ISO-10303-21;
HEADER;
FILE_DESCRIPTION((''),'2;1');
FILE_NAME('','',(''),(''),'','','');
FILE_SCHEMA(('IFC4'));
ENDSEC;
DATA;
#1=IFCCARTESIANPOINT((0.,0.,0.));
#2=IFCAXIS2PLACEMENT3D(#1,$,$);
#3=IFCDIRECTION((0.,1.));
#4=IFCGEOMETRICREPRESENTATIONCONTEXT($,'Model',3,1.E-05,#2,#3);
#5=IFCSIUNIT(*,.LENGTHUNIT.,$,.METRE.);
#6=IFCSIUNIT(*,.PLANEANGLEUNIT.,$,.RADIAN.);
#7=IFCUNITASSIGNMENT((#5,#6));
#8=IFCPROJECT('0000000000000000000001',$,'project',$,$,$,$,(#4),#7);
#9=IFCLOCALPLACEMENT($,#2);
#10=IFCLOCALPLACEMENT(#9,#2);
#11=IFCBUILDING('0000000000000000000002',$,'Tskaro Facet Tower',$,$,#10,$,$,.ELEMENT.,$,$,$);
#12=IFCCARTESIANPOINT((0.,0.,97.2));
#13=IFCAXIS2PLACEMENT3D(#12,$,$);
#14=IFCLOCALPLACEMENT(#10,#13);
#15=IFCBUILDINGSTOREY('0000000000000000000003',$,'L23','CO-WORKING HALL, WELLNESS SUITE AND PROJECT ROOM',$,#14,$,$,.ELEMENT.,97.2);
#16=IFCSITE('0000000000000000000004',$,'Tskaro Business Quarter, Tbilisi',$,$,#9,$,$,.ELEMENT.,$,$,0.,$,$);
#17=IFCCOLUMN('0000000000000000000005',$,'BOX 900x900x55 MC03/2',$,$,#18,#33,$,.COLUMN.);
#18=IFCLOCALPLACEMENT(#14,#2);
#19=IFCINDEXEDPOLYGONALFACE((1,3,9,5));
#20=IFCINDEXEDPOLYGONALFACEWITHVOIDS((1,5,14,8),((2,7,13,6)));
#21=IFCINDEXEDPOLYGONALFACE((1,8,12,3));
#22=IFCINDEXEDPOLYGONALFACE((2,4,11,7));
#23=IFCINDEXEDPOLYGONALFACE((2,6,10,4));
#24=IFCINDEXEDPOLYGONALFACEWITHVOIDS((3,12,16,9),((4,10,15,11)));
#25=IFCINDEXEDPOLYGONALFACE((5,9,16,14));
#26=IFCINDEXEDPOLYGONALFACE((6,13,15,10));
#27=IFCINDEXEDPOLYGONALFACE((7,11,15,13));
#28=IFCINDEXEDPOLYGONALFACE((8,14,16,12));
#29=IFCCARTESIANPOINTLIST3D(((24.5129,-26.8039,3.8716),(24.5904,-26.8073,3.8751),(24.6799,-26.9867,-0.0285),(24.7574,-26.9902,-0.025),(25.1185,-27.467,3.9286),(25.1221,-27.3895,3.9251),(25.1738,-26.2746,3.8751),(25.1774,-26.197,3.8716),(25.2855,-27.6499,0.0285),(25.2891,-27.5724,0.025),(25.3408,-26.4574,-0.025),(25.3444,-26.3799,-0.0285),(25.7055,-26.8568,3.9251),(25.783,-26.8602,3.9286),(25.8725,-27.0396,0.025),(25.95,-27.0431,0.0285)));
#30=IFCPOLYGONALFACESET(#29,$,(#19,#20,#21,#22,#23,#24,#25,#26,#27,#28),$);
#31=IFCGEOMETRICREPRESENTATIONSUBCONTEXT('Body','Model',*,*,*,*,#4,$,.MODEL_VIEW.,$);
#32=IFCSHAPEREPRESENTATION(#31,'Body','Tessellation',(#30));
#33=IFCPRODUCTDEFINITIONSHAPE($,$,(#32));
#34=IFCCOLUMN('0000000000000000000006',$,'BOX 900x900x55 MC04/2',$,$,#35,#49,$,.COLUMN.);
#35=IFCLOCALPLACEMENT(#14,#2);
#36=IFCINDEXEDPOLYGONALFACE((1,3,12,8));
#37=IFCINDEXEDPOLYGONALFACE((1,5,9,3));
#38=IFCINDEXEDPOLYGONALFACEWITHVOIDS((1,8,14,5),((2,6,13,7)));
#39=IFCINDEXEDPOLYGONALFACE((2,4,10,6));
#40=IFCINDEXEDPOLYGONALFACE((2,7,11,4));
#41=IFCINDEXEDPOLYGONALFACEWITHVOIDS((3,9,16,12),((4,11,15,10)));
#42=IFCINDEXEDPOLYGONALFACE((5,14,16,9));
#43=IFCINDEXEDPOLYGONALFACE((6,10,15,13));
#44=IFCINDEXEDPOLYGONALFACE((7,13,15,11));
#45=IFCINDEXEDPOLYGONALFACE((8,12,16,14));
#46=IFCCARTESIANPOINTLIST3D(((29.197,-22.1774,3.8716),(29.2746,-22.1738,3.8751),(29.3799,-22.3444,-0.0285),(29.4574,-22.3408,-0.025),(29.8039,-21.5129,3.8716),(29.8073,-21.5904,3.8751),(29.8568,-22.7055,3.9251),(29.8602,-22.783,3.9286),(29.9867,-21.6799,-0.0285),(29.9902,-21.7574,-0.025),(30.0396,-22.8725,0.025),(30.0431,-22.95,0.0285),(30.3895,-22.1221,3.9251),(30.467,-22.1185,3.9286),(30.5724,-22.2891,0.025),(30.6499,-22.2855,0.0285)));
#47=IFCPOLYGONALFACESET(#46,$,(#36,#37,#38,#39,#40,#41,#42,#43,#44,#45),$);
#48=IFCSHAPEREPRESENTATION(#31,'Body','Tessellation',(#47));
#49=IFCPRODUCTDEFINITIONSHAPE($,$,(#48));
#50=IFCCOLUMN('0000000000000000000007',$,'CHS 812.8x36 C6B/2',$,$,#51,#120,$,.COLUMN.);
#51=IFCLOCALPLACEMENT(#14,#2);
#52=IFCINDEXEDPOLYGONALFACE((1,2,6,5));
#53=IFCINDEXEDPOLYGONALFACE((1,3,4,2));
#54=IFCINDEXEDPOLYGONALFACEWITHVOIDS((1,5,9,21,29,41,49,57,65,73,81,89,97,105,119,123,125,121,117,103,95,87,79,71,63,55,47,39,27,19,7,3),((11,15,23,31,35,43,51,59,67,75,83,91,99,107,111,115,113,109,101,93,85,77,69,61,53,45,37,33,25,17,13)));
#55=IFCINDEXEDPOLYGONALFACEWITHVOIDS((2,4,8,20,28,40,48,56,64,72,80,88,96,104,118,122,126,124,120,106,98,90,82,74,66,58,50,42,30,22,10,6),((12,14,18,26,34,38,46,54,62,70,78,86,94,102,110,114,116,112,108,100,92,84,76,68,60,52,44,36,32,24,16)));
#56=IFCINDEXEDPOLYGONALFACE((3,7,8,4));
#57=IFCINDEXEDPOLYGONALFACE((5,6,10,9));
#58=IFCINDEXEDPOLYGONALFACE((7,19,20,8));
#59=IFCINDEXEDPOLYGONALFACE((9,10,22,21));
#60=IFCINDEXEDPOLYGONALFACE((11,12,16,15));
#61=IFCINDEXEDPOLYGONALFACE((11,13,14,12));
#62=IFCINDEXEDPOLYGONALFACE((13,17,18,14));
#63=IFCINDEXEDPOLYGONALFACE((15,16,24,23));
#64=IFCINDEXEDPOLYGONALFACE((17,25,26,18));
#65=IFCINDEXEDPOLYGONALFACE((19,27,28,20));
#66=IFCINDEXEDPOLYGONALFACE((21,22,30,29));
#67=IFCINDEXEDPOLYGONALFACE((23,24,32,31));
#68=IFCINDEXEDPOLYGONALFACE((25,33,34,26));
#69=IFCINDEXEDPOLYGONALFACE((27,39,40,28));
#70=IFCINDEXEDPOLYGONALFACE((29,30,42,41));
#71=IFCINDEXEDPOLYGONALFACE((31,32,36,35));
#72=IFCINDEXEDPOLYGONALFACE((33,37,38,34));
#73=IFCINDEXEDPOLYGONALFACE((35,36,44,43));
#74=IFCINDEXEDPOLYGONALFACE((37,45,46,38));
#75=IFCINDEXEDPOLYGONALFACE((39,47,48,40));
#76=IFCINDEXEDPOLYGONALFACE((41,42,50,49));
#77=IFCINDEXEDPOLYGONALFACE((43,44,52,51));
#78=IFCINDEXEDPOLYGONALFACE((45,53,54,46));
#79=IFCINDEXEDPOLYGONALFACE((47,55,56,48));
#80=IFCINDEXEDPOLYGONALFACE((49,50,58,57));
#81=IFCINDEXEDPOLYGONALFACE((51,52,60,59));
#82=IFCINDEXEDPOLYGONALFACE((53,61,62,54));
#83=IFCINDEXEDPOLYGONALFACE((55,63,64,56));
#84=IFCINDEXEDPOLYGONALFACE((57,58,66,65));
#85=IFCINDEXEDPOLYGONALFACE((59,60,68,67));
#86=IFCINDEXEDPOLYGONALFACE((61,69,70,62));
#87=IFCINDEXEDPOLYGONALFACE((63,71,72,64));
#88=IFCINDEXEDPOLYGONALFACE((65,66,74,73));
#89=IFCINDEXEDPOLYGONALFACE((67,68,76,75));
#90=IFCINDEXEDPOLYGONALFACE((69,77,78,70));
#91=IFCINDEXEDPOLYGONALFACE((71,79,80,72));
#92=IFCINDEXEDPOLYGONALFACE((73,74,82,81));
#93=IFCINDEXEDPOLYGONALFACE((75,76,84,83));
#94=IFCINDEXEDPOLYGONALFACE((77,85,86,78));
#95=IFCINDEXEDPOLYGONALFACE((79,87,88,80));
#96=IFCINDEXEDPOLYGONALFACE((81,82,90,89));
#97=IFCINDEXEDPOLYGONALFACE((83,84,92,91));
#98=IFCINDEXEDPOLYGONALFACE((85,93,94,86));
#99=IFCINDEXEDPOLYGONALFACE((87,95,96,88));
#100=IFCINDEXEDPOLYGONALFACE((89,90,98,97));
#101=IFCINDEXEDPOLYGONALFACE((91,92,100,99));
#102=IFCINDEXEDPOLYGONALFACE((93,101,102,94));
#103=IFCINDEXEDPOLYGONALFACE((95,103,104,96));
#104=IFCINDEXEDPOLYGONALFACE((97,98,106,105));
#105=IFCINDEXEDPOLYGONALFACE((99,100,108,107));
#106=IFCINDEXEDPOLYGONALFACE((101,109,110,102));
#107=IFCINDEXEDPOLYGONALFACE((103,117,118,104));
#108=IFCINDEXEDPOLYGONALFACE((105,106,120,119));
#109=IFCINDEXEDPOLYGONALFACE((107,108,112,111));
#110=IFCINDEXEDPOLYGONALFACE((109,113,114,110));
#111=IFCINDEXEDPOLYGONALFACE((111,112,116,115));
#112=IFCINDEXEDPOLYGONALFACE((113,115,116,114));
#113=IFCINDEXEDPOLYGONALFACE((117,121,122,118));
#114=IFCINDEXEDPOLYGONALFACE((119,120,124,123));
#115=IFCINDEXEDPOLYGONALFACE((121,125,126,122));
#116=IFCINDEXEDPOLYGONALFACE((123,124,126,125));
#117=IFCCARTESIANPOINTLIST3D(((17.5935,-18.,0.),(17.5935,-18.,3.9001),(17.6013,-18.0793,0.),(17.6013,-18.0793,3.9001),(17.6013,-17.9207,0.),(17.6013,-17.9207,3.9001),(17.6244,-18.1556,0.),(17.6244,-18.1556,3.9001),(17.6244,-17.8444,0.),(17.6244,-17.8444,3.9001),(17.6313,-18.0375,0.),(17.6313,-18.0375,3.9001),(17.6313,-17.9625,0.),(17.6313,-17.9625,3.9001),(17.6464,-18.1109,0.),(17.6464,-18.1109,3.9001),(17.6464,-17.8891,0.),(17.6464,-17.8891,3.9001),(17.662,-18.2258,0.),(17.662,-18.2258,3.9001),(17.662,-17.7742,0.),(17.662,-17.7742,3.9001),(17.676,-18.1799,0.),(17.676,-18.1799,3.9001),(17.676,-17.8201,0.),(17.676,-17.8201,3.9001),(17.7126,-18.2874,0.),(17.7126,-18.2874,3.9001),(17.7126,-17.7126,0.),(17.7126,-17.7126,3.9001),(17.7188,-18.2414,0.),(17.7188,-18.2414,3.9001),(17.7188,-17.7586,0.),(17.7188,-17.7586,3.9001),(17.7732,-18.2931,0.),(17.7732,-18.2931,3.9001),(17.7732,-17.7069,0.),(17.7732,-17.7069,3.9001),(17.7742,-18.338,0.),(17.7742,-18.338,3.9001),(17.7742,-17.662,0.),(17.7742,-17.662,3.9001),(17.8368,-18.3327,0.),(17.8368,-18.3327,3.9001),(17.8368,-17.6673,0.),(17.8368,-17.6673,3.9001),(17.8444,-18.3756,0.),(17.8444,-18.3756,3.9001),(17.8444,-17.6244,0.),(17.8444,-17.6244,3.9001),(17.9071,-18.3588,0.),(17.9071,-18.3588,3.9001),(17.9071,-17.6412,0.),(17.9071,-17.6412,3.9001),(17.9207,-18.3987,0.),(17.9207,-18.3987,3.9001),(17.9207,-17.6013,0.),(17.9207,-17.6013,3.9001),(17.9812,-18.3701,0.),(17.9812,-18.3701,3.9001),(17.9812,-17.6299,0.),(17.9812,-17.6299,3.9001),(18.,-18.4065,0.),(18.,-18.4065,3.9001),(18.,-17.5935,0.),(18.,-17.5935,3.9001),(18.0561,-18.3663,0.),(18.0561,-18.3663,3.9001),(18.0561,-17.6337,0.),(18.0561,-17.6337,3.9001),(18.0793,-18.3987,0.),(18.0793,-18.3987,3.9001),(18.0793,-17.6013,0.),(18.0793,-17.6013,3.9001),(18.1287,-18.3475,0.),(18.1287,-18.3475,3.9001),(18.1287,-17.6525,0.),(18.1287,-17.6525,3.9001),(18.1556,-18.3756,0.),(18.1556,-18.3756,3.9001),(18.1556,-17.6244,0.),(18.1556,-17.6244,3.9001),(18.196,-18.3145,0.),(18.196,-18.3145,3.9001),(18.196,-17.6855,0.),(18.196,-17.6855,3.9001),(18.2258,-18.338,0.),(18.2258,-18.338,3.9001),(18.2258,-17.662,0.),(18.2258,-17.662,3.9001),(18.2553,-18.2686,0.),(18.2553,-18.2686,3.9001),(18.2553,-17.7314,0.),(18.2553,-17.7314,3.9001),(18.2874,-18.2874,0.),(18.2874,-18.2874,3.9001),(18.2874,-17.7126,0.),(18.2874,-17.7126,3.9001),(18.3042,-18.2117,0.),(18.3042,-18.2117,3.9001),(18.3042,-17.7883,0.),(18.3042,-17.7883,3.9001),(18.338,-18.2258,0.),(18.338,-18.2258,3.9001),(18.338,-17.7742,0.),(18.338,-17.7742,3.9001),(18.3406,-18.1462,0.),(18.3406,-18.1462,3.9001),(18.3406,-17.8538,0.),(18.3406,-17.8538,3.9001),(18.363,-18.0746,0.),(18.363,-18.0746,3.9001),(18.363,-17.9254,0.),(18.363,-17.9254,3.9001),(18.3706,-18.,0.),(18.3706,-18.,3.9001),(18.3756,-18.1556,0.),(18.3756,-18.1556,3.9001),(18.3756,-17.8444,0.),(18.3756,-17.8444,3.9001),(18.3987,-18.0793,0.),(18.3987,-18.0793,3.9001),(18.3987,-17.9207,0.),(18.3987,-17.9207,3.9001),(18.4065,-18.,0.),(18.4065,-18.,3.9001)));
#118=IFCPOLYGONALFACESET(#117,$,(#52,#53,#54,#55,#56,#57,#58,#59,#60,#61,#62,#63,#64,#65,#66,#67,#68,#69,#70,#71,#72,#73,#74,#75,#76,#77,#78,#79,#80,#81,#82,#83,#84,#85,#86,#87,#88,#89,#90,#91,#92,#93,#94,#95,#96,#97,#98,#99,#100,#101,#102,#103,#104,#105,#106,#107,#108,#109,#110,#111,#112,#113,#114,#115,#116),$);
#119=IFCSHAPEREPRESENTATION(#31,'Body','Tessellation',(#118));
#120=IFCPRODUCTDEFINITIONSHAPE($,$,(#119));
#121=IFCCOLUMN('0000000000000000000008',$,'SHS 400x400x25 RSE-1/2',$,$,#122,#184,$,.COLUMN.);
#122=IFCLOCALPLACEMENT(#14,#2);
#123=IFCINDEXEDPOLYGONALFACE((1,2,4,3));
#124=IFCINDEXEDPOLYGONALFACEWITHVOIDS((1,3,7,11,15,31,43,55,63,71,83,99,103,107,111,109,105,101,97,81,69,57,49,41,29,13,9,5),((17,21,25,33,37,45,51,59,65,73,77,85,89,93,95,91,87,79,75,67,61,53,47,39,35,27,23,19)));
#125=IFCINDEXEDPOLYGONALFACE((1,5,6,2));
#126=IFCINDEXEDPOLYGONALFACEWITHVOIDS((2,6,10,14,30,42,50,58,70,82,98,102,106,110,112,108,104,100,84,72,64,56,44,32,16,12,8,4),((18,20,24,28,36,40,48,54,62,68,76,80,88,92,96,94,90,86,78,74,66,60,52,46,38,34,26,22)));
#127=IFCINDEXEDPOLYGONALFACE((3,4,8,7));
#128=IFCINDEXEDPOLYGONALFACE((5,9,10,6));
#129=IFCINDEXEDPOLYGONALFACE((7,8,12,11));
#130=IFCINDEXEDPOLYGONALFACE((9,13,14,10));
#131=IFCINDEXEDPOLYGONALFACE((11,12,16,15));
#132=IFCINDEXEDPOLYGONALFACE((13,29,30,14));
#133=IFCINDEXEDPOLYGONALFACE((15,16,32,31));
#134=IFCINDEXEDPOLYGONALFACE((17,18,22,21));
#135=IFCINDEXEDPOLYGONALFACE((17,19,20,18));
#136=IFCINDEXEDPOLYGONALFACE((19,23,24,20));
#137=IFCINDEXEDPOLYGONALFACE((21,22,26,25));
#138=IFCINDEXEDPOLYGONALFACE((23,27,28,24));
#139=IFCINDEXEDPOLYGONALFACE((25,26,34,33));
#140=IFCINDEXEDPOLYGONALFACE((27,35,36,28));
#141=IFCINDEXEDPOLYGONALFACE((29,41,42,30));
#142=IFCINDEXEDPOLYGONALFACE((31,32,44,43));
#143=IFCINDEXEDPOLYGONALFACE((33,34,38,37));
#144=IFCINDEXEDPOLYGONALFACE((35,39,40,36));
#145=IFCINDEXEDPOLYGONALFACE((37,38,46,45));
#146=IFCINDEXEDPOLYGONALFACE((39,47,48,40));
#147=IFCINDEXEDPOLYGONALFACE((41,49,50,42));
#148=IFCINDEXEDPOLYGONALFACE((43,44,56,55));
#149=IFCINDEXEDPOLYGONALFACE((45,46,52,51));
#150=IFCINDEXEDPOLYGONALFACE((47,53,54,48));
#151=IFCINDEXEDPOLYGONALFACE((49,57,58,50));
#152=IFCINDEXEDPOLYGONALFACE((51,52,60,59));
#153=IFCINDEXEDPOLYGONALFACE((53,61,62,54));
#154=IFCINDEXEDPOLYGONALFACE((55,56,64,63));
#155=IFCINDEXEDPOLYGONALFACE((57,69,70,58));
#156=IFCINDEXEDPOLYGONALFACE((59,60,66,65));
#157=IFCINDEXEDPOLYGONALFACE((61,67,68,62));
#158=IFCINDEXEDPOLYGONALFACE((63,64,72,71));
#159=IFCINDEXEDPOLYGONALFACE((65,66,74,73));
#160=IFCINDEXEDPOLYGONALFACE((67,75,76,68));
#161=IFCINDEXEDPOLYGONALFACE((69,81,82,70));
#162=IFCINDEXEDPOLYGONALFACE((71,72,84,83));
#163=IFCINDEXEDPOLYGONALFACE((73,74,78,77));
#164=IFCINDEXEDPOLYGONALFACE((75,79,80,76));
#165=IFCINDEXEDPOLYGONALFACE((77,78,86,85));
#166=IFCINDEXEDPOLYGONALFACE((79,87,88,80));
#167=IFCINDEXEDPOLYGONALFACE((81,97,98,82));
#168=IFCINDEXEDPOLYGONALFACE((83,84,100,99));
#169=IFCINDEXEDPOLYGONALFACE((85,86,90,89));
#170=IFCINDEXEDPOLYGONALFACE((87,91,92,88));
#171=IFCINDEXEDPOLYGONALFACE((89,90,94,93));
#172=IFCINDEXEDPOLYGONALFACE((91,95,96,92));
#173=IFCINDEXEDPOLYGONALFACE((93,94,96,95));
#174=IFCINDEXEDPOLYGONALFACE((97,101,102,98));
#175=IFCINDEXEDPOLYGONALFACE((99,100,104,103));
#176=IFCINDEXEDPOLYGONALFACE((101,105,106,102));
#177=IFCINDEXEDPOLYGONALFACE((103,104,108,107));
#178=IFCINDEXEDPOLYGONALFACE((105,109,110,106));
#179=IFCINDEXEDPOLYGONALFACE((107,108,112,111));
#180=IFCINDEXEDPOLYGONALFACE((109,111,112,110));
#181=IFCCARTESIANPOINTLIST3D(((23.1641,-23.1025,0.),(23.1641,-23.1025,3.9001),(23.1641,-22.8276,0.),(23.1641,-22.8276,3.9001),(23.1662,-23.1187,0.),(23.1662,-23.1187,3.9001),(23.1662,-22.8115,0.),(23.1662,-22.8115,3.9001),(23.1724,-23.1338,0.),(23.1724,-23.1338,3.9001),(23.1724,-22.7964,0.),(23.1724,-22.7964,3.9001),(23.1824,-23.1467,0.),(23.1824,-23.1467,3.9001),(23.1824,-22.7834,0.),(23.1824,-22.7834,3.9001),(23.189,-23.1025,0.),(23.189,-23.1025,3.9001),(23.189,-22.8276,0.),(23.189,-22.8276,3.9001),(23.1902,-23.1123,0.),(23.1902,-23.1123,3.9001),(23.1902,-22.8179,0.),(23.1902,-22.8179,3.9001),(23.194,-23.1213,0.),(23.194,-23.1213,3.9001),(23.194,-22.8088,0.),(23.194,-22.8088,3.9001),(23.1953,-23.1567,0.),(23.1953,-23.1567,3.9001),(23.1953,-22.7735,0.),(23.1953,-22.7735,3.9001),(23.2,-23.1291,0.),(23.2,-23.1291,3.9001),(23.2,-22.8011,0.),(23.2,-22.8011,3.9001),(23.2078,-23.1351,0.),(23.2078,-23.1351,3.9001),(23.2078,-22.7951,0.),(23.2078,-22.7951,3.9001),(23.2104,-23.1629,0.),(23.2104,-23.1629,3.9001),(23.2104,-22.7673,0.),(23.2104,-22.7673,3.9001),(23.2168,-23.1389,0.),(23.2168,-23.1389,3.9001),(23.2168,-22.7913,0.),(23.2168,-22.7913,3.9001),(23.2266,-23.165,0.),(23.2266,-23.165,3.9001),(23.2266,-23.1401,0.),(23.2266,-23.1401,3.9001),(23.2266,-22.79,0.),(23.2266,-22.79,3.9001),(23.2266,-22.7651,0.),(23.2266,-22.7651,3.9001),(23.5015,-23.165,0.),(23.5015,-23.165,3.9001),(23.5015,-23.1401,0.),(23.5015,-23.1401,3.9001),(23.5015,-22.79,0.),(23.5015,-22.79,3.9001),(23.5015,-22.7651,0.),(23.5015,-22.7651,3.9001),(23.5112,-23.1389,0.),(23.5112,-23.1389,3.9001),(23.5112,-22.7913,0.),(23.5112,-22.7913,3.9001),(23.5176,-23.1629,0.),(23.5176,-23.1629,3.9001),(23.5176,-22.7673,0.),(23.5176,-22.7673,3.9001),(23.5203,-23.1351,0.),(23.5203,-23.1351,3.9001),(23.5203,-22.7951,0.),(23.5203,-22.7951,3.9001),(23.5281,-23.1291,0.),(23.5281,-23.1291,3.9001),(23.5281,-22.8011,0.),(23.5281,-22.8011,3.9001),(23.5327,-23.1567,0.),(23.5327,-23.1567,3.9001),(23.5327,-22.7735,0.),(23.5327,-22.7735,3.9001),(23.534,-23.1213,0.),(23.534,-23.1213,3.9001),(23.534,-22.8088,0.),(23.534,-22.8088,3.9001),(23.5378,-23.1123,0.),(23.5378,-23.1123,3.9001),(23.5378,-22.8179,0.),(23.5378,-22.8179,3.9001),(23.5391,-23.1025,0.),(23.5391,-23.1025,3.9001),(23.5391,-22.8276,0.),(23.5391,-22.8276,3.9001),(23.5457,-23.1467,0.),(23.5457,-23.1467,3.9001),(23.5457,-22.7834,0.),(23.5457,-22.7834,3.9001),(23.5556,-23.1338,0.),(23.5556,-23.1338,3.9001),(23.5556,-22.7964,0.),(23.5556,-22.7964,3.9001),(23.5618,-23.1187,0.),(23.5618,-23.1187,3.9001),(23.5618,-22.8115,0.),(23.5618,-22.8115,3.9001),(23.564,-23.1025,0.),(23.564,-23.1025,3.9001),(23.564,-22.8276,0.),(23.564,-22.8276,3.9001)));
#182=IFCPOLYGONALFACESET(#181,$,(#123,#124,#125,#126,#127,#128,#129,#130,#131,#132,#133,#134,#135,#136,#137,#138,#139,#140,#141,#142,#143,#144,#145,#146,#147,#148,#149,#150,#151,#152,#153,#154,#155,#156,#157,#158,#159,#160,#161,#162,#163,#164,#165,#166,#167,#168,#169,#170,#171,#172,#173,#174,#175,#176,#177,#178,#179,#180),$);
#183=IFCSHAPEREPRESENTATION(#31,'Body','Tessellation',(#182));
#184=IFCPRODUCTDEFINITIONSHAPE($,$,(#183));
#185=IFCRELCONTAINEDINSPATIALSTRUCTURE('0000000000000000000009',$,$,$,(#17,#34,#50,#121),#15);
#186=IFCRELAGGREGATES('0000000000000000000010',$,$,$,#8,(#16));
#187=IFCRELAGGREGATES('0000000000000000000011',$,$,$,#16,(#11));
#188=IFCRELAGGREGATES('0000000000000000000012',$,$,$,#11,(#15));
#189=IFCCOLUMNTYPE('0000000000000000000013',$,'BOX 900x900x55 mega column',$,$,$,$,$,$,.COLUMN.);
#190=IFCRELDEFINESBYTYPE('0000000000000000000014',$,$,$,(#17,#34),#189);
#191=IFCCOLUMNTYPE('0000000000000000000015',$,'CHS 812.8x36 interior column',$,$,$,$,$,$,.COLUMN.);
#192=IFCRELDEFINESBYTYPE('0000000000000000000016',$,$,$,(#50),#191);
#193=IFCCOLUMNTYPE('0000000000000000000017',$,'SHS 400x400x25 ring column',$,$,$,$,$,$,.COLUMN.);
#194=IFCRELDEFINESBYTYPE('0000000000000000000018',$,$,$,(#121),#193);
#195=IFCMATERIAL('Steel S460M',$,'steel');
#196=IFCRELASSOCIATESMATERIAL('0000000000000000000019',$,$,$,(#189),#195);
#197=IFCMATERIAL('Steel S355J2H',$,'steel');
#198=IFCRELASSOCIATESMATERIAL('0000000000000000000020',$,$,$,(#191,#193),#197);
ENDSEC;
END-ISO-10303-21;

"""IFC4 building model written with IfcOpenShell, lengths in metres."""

from ifc_helpers import new_model, si_unit, direction, frame, origin, origin_2d, place, context, subcontext, project, spatial, hollow_rectangle, hollow_circle, extrude, material, material_profile, profile_set, type_object, element, save


model = new_model("IFC4")

# Units and contexts
model_context = context("Model", 3, precision=1e-05, world=origin(), true_north=direction((0.0, 1.0)))
body_context = subcontext(model_context, "Body", "Model", "MODEL_VIEW")
ifc_project = project(units=[si_unit("LENGTHUNIT", "METRE"), si_unit("PLANEANGLEUNIT", "RADIAN")], contexts=[model_context])

# Site, building, storey
site_placement = place(None, origin())
site = spatial("IfcSite", under=ifc_project, at=site_placement, Name="Tskaro Business Quarter, Tbilisi", CompositionType="ELEMENT", RefElevation=0.0)
building_placement = place(site_placement, origin())
building = spatial("IfcBuilding", under=site, at=building_placement, Name="Tskaro Facet Tower", CompositionType="ELEMENT")
storey_placement = place(building_placement, frame((0.0, 0.0, 97.2)))
storey = spatial("IfcBuildingStorey", under=building, at=storey_placement, Name="L23", Description="CO-WORKING HALL, WELLNESS SUITE AND PROJECT ROOM", CompositionType="ELEMENT", Elevation=97.2)

# Columns
ifc_material_1 = material(Name="Steel S460M", Category="steel")
ifc_material_profile_1 = material_profile(ifc_material_1, hollow_rectangle(XDim=0.8999, YDim=0.8999, WallThickness=0.0549, at=origin_2d()), Name="BOX 900x900x55")
ifc_profile_set_1 = profile_set([ifc_material_profile_1], Name="Steel S460M")
column_type_1 = type_object("IfcColumnType", Name="BOX 900x900x55 mega column", PredefinedType="COLUMN", material=ifc_profile_set_1)
for number, where, z_axis, x_axis, name in (
    (1, (25.3149, -27.0149, 0.0), (-0.042731, 0.046792, 0.99799), (-0.738421, -0.674339, 0.0), "BOX 900x900x55 MC03/2"),
    (2, (30.0149, -22.3149, 0.0), (-0.046792, 0.042731, 0.99799), (-0.674339, -0.738421, 0.0), "BOX 900x900x55 MC04/2"),
):
    element("IfcColumn", number, at=place(storey_placement, frame(where, z_axis=z_axis, x_axis=x_axis)), inside=storey, type_object=column_type_1, Name=name, PredefinedType="COLUMN", context=body_context, shape_type="SweptSolid", body=[
        extrude(hollow_rectangle(XDim=0.8999, YDim=0.8999, WallThickness=0.0549, at=origin_2d()), origin(), (0.0, 0.0, 1.0), 3.908),
    ])
ifc_material_2 = material(Name="Steel S355J2H", Category="steel")
ifc_material_profile_2 = material_profile(ifc_material_2, hollow_circle(Radius=0.4065, WallThickness=0.0359, at=origin_2d()), Name="CHS 812.8x36")
ifc_profile_set_2 = profile_set([ifc_material_profile_2], Name="Steel S355J2H")
column_type_2 = type_object("IfcColumnType", Name="CHS 812.8x36 interior column", PredefinedType="COLUMN", material=ifc_profile_set_2)
column_placement = place(storey_placement, frame((18.0, -18.0, 0.0), z_axis=(0.0, 0.0, 1.0), x_axis=(1.0, 0.0, 0.0)))
element("IfcColumn", 3, at=column_placement, inside=storey, type_object=column_type_2, Name="CHS 812.8x36 C6B/2", PredefinedType="COLUMN", context=body_context, shape_type="SweptSolid", body=[
    extrude(hollow_circle(Radius=0.4065, WallThickness=0.0359, at=origin_2d()), origin(), (0.0, 0.0, 1.0), 3.9001),
])
ifc_material_profile_3 = material_profile(ifc_material_2, hollow_rectangle(XDim=0.3999, YDim=0.3999, WallThickness=0.0249, InnerFilletRadius=0.0376, OuterFilletRadius=0.0625, at=origin_2d()), Name="SHS 400x400x25")
ifc_profile_set_3 = profile_set([ifc_material_profile_3], Name="Steel S355J2H")
column_type_3 = type_object("IfcColumnType", Name="SHS 400x400x25 ring column", PredefinedType="COLUMN", material=ifc_profile_set_3)
for number, where, z_axis, x_axis, name in (
    (4, (23.364, -22.9651, 0.0), (0.0, 0.0, 1.0), (1.0, 0.0, 0.0), "SHS 400x400x25 RSE-1/2"),
):
    element("IfcColumn", number, at=place(storey_placement, frame(where, z_axis=z_axis, x_axis=x_axis)), inside=storey, type_object=column_type_3, Name=name, PredefinedType="COLUMN", context=body_context, shape_type="SweptSolid", body=[
        extrude(hollow_rectangle(XDim=0.3999, YDim=0.3999, WallThickness=0.0249, InnerFilletRadius=0.0376, OuterFilletRadius=0.0625, at=origin_2d()), origin(), (0.0, 0.0, 1.0), 3.9001),
    ])

save(model, "model.ifc")
